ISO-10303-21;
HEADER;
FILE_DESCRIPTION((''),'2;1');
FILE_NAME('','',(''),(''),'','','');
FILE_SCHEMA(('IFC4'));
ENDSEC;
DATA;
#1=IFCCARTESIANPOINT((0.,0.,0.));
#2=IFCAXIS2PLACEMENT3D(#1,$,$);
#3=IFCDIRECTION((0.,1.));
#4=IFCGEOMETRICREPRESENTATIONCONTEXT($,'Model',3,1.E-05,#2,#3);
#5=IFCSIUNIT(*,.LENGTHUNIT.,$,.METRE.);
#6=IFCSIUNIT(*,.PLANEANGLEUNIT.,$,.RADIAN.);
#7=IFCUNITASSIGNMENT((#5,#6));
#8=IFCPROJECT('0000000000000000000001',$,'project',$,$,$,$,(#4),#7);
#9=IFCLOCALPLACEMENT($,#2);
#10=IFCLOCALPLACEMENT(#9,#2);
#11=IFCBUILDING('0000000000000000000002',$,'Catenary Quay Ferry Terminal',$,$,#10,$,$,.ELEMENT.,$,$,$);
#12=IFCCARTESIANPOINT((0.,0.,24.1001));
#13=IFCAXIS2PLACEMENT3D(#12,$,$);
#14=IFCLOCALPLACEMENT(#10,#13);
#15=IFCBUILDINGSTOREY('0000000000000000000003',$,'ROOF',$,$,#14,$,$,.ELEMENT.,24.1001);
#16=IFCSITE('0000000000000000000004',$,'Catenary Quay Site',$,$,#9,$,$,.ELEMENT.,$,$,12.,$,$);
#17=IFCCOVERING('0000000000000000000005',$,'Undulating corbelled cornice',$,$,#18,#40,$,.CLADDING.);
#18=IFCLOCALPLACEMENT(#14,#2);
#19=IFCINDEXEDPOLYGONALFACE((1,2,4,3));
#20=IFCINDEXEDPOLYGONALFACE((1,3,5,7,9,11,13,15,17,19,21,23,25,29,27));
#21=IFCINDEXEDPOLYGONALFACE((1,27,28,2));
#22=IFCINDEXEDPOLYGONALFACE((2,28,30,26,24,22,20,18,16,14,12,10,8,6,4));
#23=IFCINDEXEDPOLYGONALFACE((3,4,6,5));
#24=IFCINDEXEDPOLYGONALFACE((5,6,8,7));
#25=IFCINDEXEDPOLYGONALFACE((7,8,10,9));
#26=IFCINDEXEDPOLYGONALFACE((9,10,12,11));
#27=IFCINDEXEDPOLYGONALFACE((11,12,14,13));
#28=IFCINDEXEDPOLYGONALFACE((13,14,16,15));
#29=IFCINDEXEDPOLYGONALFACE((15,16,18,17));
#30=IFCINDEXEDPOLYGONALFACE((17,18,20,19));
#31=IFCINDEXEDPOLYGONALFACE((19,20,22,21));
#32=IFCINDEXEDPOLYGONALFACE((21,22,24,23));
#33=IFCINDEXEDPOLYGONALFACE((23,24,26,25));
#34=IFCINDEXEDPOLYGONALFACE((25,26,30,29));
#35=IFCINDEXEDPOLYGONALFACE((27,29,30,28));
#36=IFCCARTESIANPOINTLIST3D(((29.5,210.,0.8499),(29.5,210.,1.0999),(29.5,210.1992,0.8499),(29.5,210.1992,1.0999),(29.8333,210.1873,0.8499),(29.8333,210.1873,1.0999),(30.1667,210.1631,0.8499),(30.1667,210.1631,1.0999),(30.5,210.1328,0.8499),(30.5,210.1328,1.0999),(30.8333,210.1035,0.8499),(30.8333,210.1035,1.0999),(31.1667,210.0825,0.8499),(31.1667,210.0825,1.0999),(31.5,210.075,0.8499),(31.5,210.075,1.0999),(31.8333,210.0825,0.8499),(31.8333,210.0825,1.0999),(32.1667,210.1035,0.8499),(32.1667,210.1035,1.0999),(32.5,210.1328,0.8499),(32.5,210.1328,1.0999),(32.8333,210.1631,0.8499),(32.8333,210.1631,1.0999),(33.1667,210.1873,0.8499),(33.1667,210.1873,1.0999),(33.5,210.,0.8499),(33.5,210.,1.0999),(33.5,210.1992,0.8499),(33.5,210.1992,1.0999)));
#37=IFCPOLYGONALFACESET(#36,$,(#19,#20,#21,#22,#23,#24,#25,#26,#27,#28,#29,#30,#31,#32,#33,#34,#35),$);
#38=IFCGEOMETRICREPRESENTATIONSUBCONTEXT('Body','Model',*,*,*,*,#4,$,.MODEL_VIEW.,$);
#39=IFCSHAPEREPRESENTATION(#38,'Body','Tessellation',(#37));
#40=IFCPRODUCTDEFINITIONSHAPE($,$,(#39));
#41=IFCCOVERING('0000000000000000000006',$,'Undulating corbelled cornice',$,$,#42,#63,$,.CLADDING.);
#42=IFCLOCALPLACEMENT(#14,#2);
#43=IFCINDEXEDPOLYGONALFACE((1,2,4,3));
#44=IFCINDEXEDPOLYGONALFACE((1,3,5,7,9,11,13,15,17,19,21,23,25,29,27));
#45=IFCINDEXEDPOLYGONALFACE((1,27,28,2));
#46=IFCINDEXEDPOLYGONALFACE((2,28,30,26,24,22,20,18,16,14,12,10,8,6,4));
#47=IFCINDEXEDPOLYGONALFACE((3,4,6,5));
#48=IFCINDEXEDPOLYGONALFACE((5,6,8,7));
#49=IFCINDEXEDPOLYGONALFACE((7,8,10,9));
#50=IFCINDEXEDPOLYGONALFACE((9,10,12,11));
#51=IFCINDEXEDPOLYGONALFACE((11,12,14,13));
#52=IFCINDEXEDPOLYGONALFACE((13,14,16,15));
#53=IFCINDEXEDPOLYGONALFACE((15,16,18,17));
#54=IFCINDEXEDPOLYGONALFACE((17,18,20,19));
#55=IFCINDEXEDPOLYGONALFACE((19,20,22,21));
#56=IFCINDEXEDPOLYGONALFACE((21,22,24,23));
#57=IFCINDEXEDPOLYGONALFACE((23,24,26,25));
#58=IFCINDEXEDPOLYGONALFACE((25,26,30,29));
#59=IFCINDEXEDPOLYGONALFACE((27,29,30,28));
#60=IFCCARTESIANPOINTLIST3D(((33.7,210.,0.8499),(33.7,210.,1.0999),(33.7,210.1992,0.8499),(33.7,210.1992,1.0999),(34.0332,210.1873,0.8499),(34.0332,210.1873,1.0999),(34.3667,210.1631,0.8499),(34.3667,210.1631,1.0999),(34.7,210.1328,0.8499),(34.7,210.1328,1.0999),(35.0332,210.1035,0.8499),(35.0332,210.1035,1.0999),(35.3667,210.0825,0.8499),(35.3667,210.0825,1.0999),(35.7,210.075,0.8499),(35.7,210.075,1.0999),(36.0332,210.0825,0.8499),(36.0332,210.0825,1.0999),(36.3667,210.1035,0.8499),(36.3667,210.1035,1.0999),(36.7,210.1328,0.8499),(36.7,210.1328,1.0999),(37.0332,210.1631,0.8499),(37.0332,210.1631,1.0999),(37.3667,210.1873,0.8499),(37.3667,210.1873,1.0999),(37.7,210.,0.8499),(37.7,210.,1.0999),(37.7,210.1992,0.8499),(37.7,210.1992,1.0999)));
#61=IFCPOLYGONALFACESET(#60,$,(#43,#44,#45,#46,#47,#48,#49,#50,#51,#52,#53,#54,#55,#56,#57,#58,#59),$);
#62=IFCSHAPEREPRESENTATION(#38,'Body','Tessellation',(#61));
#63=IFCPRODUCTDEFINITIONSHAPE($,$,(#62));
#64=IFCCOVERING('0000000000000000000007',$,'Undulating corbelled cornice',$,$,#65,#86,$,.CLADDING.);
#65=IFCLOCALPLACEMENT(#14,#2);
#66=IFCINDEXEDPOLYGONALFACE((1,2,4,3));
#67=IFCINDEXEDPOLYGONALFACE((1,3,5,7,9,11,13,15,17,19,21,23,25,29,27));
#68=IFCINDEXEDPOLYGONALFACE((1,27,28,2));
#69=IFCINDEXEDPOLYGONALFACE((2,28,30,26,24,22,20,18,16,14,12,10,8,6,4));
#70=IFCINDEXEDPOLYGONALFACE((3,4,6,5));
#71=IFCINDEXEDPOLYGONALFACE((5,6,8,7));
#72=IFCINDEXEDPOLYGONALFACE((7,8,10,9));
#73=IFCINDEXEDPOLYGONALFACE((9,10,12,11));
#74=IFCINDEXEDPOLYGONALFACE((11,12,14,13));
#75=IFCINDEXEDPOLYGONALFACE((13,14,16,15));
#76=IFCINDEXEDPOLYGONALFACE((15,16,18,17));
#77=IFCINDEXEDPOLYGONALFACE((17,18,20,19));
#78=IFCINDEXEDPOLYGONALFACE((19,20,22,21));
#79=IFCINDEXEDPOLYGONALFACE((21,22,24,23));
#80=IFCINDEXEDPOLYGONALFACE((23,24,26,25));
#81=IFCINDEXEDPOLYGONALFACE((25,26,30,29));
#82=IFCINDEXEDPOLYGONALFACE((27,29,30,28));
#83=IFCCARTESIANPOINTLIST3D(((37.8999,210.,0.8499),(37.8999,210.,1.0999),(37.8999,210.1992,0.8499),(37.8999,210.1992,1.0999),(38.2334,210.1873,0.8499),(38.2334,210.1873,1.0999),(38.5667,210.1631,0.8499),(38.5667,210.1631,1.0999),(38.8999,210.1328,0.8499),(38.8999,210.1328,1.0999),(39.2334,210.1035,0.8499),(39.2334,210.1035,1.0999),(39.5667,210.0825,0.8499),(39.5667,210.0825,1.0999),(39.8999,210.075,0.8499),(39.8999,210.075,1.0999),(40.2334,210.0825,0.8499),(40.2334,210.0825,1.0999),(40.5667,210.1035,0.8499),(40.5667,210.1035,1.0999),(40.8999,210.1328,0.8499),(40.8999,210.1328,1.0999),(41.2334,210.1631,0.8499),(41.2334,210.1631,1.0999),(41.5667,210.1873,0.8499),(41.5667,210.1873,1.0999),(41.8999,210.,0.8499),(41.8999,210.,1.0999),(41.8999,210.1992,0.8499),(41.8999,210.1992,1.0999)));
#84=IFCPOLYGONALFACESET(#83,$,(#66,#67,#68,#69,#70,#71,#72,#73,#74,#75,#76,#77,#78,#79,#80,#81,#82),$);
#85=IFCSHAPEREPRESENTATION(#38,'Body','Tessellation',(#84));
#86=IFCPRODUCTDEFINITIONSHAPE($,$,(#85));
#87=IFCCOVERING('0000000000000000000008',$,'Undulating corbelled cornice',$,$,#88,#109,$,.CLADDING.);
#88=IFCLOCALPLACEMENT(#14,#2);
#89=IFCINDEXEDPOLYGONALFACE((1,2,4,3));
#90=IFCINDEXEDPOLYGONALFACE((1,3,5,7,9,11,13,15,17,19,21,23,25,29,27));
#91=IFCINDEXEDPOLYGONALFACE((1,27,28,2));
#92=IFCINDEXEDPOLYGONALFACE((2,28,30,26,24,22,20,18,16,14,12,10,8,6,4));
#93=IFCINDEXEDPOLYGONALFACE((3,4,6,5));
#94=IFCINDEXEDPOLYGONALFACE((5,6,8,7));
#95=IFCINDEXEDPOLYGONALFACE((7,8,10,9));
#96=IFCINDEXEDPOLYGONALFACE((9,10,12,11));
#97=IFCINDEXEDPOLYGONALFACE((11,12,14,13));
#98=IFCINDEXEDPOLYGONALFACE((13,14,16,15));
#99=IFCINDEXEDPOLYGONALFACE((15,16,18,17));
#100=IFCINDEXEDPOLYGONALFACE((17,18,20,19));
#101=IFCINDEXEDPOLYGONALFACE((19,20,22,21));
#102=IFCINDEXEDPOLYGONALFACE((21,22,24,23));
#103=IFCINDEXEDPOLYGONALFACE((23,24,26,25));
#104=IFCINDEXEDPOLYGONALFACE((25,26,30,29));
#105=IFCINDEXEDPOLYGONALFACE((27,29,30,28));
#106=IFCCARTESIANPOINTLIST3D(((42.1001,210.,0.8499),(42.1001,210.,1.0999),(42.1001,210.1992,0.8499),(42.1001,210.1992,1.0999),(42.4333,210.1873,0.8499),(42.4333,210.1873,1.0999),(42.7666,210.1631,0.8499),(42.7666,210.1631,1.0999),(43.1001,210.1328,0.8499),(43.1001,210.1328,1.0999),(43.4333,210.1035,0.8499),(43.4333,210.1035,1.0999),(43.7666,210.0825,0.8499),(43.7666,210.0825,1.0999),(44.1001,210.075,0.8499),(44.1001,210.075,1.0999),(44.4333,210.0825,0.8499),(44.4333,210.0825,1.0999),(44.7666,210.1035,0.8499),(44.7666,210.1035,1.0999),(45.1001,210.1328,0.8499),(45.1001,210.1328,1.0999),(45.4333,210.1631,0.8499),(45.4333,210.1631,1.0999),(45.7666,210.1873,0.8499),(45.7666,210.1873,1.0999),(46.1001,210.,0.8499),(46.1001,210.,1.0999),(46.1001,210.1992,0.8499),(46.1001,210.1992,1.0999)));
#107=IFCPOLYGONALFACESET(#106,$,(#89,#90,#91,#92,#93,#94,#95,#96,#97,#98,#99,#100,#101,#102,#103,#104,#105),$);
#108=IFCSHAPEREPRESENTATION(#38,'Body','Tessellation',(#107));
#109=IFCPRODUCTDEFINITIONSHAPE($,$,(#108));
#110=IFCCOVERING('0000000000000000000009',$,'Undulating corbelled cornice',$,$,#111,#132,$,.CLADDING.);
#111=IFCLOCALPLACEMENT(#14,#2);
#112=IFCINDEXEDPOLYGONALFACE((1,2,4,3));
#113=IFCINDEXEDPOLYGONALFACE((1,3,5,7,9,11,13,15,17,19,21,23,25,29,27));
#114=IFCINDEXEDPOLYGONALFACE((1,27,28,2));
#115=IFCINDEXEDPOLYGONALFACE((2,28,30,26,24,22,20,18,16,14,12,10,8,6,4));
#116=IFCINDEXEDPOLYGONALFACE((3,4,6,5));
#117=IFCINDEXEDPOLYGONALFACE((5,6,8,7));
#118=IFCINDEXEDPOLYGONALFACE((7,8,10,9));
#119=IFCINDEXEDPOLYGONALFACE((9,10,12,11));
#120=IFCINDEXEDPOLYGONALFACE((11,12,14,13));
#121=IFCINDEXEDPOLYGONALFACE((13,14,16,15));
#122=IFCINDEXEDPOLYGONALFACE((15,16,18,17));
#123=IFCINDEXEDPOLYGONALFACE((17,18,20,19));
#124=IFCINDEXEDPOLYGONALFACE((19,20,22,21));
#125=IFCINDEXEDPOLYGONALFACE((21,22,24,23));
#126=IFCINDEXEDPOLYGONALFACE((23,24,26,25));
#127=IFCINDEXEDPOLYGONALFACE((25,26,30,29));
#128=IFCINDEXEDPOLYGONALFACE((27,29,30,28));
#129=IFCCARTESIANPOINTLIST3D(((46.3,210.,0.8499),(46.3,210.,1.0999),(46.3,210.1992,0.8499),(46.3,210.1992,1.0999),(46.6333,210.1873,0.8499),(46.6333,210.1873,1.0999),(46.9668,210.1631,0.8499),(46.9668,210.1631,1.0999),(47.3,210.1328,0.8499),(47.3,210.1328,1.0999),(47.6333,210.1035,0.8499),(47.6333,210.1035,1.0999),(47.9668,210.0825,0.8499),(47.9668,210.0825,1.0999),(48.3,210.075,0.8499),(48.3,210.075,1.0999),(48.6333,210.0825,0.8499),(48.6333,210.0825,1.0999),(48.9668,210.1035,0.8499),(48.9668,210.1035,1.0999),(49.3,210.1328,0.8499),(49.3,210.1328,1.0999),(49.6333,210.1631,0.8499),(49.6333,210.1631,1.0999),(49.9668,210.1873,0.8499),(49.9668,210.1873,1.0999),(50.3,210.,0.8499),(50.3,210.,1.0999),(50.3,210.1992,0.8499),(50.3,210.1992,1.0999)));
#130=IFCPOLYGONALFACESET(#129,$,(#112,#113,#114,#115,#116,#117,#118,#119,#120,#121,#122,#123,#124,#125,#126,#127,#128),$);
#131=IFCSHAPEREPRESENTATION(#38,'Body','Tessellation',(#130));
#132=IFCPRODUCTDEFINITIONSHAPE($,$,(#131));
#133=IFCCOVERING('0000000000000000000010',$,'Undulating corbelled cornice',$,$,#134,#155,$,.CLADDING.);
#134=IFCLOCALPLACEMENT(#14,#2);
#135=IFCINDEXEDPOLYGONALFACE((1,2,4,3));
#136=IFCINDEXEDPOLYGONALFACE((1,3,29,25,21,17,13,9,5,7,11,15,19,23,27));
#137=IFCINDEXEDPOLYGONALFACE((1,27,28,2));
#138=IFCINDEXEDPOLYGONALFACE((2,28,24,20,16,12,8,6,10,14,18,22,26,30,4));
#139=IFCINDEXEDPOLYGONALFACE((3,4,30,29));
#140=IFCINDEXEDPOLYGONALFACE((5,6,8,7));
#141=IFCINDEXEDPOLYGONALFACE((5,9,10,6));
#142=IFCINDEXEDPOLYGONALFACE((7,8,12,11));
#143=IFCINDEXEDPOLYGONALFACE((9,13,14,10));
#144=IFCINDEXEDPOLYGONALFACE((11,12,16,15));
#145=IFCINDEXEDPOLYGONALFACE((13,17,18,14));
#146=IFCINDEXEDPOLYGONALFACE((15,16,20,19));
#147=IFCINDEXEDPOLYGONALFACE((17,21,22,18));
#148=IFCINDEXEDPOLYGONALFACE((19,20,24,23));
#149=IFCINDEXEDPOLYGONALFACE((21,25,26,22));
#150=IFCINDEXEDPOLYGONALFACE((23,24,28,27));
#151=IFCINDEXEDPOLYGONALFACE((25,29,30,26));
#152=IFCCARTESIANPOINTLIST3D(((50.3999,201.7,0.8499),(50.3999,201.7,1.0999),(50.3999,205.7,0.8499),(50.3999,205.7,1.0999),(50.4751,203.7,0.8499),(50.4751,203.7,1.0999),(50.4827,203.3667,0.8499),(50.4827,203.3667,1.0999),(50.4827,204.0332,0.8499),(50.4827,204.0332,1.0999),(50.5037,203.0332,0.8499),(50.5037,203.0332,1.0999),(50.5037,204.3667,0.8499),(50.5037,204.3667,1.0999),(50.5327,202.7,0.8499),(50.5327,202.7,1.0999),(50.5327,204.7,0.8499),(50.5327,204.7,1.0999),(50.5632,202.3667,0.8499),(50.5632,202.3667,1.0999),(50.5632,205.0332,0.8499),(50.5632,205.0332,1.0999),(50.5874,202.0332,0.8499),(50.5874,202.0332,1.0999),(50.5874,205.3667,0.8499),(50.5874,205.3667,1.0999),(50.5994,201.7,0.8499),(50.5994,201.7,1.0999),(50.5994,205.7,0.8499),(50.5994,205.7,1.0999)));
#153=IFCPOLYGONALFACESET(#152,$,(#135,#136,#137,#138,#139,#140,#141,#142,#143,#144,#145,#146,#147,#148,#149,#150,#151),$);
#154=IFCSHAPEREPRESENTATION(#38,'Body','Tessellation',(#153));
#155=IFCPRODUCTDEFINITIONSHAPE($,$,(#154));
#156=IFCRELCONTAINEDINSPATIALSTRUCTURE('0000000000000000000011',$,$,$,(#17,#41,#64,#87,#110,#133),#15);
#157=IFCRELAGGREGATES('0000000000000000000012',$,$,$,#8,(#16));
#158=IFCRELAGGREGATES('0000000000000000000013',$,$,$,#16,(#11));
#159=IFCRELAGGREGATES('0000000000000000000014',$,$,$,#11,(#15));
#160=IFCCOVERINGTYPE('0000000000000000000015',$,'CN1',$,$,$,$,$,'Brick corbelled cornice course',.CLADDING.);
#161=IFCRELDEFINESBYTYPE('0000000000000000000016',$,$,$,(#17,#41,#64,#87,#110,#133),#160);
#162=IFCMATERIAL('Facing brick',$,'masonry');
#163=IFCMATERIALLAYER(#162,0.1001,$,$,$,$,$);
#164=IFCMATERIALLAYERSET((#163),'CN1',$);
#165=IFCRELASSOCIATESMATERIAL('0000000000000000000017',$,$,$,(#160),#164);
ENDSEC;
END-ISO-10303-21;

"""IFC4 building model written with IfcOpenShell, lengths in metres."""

from ifc_helpers import new_model, si_unit, direction, frame, origin, place, context, subcontext, project, spatial, polyline, outline, extrude, material, layer, layer_set, type_object, element, save


model = new_model("IFC4")

# Units and contexts
model_context = context("Model", 3, precision=1e-05, world=origin(), true_north=direction((0.0, 1.0)))
body_context = subcontext(model_context, "Body", "Model", "MODEL_VIEW")
ifc_project = project(units=[si_unit("LENGTHUNIT", "METRE"), si_unit("PLANEANGLEUNIT", "RADIAN")], contexts=[model_context])

# Site, building, storey
site_placement = place(None, origin())
site = spatial("IfcSite", under=ifc_project, at=site_placement, Name="Catenary Quay Site", CompositionType="ELEMENT", RefElevation=12.0)
building_placement = place(site_placement, origin())
building = spatial("IfcBuilding", under=site, at=building_placement, Name="Catenary Quay Ferry Terminal", CompositionType="ELEMENT")
storey_placement = place(building_placement, frame((0.0, 0.0, 24.1001)))
storey = spatial("IfcBuildingStorey", under=building, at=storey_placement, Name="ROOF", CompositionType="ELEMENT", Elevation=24.1001)

# Coverings
ifc_material_1 = material(Name="Facing brick", Category="masonry")
ifc_layer_1 = layer(ifc_material_1, 0.1001)
ifc_layer_set_1 = layer_set([ifc_layer_1], Name="CN1")
covering_type = type_object("IfcCoveringType", Name="CN1", ElementType="Brick corbelled cornice course", PredefinedType="CLADDING", material=ifc_layer_set_1)
covering_1_placement = place(storey_placement, frame((0.0, 0.0, 0.8499)))
element("IfcCovering", 1, at=covering_1_placement, inside=storey, type_object=covering_type, Name="Undulating corbelled cornice", PredefinedType="CLADDING", context=body_context, shape_type="SweptSolid", body=[
    extrude(outline(polyline([(29.5, 210.0), (29.5, 210.1992), (29.8333, 210.1873), (30.1667, 210.1631), (30.5, 210.1328), (30.8333, 210.1035), (31.1667, 210.0825), (31.5, 210.075), (31.8333, 210.0825), (32.1667, 210.1035), (32.5, 210.1328), (32.8333, 210.1631), (33.1667, 210.1873), (33.5, 210.1992), (33.5, 210.0), (29.5, 210.0)])), origin(), (0.0, 0.0, 1.0), 0.25),
])
covering_2_placement = place(storey_placement, frame((0.0, 0.0, 0.8499)))
element("IfcCovering", 2, at=covering_2_placement, inside=storey, type_object=covering_type, Name="Undulating corbelled cornice", PredefinedType="CLADDING", context=body_context, shape_type="SweptSolid", body=[
    extrude(outline(polyline([(33.7, 210.0), (33.7, 210.1992), (34.0332, 210.1873), (34.3667, 210.1631), (34.7, 210.1328), (35.0332, 210.1035), (35.3667, 210.0825), (35.7, 210.075), (36.0332, 210.0825), (36.3667, 210.1035), (36.7, 210.1328), (37.0332, 210.1631), (37.3667, 210.1873), (37.7, 210.1992), (37.7, 210.0), (33.7, 210.0)])), origin(), (0.0, 0.0, 1.0), 0.25),
])
covering_3_placement = place(storey_placement, frame((0.0, 0.0, 0.8499)))
element("IfcCovering", 3, at=covering_3_placement, inside=storey, type_object=covering_type, Name="Undulating corbelled cornice", PredefinedType="CLADDING", context=body_context, shape_type="SweptSolid", body=[
    extrude(outline(polyline([(37.8999, 210.0), (37.8999, 210.1992), (38.2334, 210.1873), (38.5667, 210.1631), (38.8999, 210.1328), (39.2334, 210.1035), (39.5667, 210.0825), (39.8999, 210.075), (40.2334, 210.0825), (40.5667, 210.1035), (40.8999, 210.1328), (41.2334, 210.1631), (41.5667, 210.1873), (41.8999, 210.1992), (41.8999, 210.0), (37.8999, 210.0)])), origin(), (0.0, 0.0, 1.0), 0.25),
])
covering_4_placement = place(storey_placement, frame((0.0, 0.0, 0.8499)))
element("IfcCovering", 4, at=covering_4_placement, inside=storey, type_object=covering_type, Name="Undulating corbelled cornice", PredefinedType="CLADDING", context=body_context, shape_type="SweptSolid", body=[
    extrude(outline(polyline([(42.1001, 210.0), (42.1001, 210.1992), (42.4333, 210.1873), (42.7666, 210.1631), (43.1001, 210.1328), (43.4333, 210.1035), (43.7666, 210.0825), (44.1001, 210.075), (44.4333, 210.0825), (44.7666, 210.1035), (45.1001, 210.1328), (45.4333, 210.1631), (45.7666, 210.1873), (46.1001, 210.1992), (46.1001, 210.0), (42.1001, 210.0)])), origin(), (0.0, 0.0, 1.0), 0.25),
])
covering_5_placement = place(storey_placement, frame((0.0, 0.0, 0.8499)))
element("IfcCovering", 5, at=covering_5_placement, inside=storey, type_object=covering_type, Name="Undulating corbelled cornice", PredefinedType="CLADDING", context=body_context, shape_type="SweptSolid", body=[
    extrude(outline(polyline([(46.3, 210.0), (46.3, 210.1992), (46.6333, 210.1873), (46.9668, 210.1631), (47.3, 210.1328), (47.6333, 210.1035), (47.9668, 210.0825), (48.3, 210.075), (48.6333, 210.0825), (48.9668, 210.1035), (49.3, 210.1328), (49.6333, 210.1631), (49.9668, 210.1873), (50.3, 210.1992), (50.3, 210.0), (46.3, 210.0)])), origin(), (0.0, 0.0, 1.0), 0.25),
])
covering_6_placement = place(storey_placement, frame((0.0, 0.0, 0.8499)))
element("IfcCovering", 6, at=covering_6_placement, inside=storey, type_object=covering_type, Name="Undulating corbelled cornice", PredefinedType="CLADDING", context=body_context, shape_type="SweptSolid", body=[
    extrude(outline(polyline([(50.3999, 201.7), (50.5994, 201.7), (50.5874, 202.0332), (50.5632, 202.3667), (50.5327, 202.7), (50.5037, 203.0332), (50.4827, 203.3667), (50.4751, 203.7), (50.4827, 204.0332), (50.5037, 204.3667), (50.5327, 204.7), (50.5632, 205.0332), (50.5874, 205.3667), (50.5994, 205.7), (50.3999, 205.7), (50.3999, 201.7)])), origin(), (0.0, 0.0, 1.0), 0.25),
])

save(model, "model.ifc")
